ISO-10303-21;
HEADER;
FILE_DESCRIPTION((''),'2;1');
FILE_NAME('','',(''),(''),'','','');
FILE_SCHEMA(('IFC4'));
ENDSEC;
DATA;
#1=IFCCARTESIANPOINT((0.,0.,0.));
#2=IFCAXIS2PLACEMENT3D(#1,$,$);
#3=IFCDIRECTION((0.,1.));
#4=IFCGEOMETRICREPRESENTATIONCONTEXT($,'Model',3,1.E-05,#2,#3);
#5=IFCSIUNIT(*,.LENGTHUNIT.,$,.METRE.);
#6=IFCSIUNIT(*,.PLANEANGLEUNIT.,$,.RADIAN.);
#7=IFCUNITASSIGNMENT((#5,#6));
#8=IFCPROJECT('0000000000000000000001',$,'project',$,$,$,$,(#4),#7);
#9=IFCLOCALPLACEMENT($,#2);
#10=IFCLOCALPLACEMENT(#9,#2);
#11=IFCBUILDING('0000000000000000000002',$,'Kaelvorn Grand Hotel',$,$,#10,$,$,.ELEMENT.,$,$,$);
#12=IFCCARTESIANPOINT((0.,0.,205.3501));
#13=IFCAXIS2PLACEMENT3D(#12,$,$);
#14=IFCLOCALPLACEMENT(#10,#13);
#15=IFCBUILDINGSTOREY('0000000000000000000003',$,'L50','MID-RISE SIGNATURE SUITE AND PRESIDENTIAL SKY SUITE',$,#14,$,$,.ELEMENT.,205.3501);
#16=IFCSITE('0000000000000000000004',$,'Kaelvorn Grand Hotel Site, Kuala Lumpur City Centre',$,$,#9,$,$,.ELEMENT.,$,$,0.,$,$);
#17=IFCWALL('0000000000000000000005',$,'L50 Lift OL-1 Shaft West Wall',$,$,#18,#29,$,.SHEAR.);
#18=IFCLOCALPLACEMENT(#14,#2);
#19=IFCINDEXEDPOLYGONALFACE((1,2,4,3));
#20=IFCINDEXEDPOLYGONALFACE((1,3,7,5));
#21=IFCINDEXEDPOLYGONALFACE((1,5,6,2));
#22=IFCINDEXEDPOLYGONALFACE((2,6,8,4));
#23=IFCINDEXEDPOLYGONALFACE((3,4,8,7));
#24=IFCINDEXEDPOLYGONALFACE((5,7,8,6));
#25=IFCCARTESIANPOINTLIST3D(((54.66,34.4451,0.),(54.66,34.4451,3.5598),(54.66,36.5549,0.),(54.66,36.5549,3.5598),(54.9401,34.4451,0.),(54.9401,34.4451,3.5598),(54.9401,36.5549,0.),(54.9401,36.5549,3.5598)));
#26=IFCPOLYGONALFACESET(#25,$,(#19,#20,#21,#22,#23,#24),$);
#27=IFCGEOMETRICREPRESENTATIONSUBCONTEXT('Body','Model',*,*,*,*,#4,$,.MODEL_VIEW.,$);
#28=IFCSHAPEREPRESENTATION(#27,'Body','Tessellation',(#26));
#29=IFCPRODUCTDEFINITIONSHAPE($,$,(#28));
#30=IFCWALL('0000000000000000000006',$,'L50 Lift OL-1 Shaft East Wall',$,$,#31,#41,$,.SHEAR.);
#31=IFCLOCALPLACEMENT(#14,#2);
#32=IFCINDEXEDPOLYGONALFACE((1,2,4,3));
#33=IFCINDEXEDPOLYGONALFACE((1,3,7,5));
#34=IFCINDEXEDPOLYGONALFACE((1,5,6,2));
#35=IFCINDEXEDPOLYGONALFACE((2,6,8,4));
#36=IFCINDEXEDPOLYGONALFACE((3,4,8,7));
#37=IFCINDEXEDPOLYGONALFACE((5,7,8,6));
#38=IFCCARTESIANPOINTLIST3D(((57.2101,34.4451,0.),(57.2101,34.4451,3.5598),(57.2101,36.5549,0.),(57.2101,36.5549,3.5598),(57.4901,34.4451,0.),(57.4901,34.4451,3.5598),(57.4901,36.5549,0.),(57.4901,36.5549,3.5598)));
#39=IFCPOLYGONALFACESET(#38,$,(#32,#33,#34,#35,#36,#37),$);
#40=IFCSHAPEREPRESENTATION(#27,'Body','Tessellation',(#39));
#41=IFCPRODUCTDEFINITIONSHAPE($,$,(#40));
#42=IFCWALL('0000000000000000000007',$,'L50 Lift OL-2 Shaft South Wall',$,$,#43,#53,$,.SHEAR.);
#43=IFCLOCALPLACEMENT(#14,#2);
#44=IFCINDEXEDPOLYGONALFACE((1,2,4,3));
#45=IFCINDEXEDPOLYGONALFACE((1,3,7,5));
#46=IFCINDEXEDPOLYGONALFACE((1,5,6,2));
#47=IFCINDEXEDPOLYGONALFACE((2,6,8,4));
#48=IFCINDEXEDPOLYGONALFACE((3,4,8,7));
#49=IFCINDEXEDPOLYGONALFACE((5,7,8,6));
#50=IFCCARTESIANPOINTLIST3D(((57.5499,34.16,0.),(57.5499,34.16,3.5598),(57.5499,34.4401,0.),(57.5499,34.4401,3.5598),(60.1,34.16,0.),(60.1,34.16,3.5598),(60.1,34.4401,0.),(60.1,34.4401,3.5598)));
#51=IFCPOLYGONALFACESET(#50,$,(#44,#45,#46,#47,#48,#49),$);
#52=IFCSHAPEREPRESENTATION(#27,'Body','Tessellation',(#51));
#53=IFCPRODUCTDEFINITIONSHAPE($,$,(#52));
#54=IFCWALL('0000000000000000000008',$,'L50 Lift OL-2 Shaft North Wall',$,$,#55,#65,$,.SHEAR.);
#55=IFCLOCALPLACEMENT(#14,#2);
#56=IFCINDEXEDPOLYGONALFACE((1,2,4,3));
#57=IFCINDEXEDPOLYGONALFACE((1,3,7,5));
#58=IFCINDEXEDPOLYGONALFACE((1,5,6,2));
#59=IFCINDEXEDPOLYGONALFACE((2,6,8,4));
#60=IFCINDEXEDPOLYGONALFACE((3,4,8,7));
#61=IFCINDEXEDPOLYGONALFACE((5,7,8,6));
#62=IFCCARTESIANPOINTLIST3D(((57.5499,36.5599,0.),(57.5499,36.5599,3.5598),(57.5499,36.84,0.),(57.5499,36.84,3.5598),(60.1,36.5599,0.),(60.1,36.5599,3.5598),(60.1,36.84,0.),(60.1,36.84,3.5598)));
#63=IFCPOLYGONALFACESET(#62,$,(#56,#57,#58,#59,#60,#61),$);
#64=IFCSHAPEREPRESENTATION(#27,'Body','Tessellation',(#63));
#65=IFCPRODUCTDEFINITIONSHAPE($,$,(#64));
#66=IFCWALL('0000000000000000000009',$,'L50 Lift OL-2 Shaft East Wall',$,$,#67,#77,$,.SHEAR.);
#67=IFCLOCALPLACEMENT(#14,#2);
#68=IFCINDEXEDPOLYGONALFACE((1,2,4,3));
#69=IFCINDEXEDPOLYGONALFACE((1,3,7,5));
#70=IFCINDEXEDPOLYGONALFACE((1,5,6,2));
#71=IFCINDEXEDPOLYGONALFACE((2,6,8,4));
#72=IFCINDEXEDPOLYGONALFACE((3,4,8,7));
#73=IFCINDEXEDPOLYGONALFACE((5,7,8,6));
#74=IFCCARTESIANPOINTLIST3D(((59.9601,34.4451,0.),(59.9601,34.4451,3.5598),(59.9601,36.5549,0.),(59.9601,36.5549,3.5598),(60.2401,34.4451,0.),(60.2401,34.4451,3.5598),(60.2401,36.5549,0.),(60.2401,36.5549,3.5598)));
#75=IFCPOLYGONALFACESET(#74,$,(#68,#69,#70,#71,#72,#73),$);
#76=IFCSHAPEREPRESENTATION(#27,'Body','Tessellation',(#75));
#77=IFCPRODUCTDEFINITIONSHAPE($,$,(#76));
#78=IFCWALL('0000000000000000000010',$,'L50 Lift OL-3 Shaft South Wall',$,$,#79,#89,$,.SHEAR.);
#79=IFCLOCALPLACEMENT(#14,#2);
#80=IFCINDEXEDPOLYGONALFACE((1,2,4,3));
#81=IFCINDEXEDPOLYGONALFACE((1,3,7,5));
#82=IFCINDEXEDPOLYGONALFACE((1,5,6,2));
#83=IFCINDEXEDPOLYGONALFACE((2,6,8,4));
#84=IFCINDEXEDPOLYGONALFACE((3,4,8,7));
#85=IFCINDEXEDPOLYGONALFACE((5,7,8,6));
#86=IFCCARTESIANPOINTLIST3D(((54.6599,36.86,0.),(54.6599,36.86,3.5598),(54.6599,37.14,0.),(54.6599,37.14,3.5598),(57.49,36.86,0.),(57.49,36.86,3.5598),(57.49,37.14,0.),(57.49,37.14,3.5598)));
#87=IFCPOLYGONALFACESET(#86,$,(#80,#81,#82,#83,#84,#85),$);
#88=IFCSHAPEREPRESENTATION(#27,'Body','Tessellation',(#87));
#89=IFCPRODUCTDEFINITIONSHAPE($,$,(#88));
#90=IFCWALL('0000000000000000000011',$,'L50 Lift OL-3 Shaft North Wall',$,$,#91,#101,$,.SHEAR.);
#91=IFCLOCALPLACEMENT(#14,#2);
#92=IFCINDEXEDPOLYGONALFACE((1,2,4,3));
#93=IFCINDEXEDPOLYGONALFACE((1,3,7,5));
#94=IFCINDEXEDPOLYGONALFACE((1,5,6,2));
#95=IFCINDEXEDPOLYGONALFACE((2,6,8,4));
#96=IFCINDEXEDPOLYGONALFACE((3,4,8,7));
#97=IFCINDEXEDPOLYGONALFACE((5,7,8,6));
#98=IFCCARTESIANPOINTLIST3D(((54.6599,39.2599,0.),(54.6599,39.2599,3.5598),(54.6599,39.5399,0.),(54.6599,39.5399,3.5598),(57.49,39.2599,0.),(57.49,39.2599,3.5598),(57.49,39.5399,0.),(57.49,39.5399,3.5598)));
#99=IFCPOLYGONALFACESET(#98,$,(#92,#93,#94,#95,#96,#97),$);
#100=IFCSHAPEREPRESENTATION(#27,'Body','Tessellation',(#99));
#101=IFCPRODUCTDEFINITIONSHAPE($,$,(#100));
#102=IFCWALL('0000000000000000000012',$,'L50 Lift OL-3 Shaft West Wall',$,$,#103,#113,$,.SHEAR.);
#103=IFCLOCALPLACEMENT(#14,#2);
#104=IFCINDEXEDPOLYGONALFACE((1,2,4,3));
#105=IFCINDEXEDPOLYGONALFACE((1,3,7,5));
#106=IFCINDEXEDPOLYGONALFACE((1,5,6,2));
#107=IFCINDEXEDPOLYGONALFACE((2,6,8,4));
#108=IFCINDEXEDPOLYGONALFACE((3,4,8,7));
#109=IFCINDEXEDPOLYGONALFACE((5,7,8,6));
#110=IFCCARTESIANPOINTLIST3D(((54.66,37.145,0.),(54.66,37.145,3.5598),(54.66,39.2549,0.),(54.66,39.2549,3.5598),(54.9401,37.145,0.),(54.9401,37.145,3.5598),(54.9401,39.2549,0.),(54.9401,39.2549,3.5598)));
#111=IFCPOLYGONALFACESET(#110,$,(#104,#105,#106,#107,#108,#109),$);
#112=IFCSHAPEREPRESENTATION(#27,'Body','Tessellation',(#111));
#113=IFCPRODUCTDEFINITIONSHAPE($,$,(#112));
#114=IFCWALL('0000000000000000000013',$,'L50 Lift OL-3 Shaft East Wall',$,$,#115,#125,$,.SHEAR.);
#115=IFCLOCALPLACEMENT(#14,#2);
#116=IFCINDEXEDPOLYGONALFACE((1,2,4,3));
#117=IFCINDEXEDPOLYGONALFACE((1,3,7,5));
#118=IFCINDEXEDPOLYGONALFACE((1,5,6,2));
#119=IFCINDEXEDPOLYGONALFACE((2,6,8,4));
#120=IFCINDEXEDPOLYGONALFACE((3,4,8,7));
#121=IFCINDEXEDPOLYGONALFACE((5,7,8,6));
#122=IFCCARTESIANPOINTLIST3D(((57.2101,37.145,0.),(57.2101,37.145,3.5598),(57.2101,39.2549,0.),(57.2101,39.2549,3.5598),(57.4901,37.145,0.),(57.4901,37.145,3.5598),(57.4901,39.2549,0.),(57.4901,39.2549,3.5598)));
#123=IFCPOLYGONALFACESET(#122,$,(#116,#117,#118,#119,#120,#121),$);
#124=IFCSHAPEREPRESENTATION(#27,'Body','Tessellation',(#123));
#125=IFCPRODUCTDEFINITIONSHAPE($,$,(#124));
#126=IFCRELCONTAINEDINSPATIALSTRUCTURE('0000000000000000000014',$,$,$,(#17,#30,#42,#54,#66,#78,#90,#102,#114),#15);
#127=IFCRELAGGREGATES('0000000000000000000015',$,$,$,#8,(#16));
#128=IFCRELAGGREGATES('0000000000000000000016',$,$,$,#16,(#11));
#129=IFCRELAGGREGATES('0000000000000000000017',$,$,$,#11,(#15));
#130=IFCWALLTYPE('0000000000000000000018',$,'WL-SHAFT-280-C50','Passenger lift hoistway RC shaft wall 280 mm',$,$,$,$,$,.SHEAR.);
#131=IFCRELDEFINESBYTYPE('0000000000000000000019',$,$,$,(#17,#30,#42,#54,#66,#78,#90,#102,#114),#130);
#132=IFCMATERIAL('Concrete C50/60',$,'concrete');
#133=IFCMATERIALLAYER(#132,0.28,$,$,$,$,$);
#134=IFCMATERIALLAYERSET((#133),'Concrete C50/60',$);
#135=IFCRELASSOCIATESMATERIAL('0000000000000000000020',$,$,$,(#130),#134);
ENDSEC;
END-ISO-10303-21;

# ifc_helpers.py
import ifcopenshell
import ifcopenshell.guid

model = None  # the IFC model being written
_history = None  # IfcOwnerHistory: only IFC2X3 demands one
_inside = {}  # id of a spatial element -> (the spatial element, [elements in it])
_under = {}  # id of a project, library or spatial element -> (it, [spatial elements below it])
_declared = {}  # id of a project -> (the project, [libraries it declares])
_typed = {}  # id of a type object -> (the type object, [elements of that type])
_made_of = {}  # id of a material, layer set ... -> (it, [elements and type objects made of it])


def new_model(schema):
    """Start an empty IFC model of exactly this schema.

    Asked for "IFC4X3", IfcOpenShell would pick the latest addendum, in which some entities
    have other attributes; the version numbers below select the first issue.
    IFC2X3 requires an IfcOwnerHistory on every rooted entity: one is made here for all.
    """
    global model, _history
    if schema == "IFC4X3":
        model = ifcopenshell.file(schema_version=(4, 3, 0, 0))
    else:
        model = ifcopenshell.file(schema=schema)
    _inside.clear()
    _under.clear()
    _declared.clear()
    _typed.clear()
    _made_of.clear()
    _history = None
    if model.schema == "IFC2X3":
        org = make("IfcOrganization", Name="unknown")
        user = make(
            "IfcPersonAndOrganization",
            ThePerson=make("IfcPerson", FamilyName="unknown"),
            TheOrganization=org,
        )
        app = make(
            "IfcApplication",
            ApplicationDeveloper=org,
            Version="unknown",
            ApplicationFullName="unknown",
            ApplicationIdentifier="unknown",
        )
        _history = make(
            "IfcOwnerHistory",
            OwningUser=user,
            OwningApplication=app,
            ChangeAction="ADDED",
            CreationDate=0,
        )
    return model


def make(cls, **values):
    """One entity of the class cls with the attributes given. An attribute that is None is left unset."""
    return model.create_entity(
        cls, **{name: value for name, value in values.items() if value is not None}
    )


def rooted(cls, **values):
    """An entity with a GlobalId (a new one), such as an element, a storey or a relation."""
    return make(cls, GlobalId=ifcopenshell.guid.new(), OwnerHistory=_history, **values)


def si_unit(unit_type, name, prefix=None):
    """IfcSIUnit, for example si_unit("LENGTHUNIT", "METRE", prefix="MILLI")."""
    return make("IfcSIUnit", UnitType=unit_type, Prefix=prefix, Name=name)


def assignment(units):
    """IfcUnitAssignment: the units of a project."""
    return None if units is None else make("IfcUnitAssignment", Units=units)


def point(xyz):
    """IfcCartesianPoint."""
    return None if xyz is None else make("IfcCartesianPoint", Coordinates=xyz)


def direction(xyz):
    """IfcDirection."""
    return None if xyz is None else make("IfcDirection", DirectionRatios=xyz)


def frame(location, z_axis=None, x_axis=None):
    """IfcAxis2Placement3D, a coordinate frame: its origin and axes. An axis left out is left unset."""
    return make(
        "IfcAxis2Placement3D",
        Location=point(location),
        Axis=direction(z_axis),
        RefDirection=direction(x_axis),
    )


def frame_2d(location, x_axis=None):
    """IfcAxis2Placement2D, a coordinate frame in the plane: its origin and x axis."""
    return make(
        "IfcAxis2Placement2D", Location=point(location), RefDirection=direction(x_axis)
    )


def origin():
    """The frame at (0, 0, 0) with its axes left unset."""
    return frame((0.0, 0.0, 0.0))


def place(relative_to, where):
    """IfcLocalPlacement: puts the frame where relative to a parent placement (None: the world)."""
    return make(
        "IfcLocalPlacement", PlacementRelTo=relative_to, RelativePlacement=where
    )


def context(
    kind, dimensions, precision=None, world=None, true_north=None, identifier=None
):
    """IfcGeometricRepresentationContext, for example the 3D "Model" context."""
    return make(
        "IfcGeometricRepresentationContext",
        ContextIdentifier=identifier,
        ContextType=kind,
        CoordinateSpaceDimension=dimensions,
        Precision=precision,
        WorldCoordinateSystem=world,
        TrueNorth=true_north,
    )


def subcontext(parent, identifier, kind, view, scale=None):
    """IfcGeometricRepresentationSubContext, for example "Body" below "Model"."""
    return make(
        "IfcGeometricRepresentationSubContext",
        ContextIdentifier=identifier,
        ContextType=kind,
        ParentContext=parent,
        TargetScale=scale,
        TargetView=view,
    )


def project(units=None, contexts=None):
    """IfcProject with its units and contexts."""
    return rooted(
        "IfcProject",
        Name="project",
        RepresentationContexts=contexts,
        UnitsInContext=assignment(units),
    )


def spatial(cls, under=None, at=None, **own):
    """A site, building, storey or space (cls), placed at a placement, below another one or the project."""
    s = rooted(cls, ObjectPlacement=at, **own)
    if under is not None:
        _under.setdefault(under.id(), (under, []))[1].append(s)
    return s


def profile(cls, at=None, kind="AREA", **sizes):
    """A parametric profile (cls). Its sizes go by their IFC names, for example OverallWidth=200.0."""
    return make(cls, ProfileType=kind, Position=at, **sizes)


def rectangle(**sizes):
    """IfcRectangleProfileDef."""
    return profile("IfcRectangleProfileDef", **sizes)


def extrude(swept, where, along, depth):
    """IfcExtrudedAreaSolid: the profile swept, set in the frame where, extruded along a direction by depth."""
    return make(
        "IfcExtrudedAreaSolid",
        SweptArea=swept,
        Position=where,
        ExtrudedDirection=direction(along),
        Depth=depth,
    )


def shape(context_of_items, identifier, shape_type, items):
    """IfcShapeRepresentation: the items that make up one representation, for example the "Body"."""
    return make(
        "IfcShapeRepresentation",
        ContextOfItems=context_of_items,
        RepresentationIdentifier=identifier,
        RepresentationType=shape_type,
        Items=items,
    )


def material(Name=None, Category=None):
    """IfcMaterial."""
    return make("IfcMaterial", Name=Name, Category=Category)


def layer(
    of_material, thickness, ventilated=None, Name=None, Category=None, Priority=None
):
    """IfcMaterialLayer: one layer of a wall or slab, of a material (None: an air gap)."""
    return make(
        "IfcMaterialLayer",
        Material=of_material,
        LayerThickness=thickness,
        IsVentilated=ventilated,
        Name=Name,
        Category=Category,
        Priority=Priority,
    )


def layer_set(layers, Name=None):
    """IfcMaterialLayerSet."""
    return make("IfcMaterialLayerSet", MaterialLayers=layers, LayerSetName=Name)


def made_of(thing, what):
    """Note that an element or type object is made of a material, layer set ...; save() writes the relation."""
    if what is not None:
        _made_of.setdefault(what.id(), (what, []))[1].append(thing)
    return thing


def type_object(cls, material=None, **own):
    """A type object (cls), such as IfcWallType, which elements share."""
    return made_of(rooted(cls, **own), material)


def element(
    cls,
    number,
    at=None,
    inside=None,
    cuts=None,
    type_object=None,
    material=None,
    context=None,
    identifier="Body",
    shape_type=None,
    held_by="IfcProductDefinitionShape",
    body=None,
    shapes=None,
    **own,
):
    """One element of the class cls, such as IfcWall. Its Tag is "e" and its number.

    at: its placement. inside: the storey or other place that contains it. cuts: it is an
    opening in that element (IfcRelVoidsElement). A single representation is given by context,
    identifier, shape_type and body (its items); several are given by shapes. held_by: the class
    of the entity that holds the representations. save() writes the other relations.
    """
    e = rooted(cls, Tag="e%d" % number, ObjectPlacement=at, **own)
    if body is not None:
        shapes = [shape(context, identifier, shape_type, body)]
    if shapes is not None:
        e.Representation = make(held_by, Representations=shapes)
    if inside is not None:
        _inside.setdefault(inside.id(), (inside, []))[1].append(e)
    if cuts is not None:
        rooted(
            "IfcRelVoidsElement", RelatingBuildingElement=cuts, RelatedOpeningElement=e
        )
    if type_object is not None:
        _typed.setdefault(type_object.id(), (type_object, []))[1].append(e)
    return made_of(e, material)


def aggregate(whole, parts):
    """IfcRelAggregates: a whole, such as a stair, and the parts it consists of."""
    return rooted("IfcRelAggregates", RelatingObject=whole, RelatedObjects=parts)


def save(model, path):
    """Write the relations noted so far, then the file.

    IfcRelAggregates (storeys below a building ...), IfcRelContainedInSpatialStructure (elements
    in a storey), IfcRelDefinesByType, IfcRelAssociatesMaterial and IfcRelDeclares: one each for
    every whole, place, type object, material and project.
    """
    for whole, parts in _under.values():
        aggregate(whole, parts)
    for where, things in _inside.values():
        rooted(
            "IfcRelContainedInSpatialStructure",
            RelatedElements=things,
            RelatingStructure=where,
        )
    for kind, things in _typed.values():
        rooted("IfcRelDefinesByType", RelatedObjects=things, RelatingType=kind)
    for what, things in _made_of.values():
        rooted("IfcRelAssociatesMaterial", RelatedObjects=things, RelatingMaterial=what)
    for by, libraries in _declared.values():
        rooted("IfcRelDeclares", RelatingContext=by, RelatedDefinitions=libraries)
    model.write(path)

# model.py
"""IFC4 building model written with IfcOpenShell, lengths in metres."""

from ifc_helpers import new_model, si_unit, direction, frame, frame_2d, origin, place, context, subcontext, project, spatial, rectangle, extrude, material, layer, layer_set, type_object, element, save


model = new_model("IFC4")

# Units and contexts
model_context = context("Model", 3, precision=1e-05, world=origin(), true_north=direction((0.0, 1.0)))
body_context = subcontext(model_context, "Body", "Model", "MODEL_VIEW")
ifc_project = project(units=[si_unit("LENGTHUNIT", "METRE"), si_unit("PLANEANGLEUNIT", "RADIAN")], contexts=[model_context])

# Site, building, storey
site_placement = place(None, origin())
site = spatial("IfcSite", under=ifc_project, at=site_placement, Name="Kaelvorn Grand Hotel Site, Kuala Lumpur City Centre", CompositionType="ELEMENT", RefElevation=0.0)
building_placement = place(site_placement, origin())
building = spatial("IfcBuilding", under=site, at=building_placement, Name="Kaelvorn Grand Hotel", CompositionType="ELEMENT")
storey_placement = place(building_placement, frame((0.0, 0.0, 205.3501)))
storey = spatial("IfcBuildingStorey", under=building, at=storey_placement, Name="L50", Description="MID-RISE SIGNATURE SUITE AND PRESIDENTIAL SKY SUITE", CompositionType="ELEMENT", Elevation=205.3501)

# Shared definitions
ifc_material_1 = material(Name="Concrete C50/60", Category="concrete")

# Walls
ifc_layer_1 = layer(ifc_material_1, 0.28)
ifc_layer_set_1 = layer_set([ifc_layer_1], Name="Concrete C50/60")
wall_type_1 = type_object("IfcWallType", Name="WL-SHAFT-280-C50", Description="Passenger lift hoistway RC shaft wall 280 mm", PredefinedType="SHEAR", material=ifc_layer_set_1)
for number, where, z_axis, x_axis, name in (
    (1, (54.8, 34.4451, 0.0), (0.0, 0.0, 1.0), (0.0, 1.0, 0.0), "L50 Lift OL-1 Shaft West Wall"),
    (2, (57.3501, 34.4451, 0.0), (0.0, 0.0, 1.0), (0.0, 1.0, 0.0), "L50 Lift OL-1 Shaft East Wall"),
):
    element("IfcWall", number, at=place(storey_placement, frame(where, z_axis=z_axis, x_axis=x_axis)), inside=storey, type_object=wall_type_1, Name=name, PredefinedType="SHEAR", context=body_context, shape_type="SweptSolid", body=[
        extrude(rectangle(XDim=2.1099, YDim=0.28, at=frame_2d((1.0549, 0.0))), origin(), (0.0, 0.0, 1.0), 3.5598),
    ])
for number, where, z_axis, x_axis, name in (
    (3, (57.55, 34.3, 0.0), (0.0, 0.0, 1.0), (1.0, 0.0, 0.0), "L50 Lift OL-2 Shaft South Wall"),
    (4, (57.55, 36.7, 0.0), (0.0, 0.0, 1.0), (1.0, 0.0, 0.0), "L50 Lift OL-2 Shaft North Wall"),
):
    element("IfcWall", number, at=place(storey_placement, frame(where, z_axis=z_axis, x_axis=x_axis)), inside=storey, type_object=wall_type_1, Name=name, PredefinedType="SHEAR", context=body_context, shape_type="SweptSolid", body=[
        extrude(rectangle(XDim=2.55, YDim=0.28, at=frame_2d((1.2749, 0.0))), origin(), (0.0, 0.0, 1.0), 3.5598),
    ])
wall_1_placement = place(storey_placement, frame((60.1001, 34.4451, 0.0), z_axis=(0.0, 0.0, 1.0), x_axis=(0.0, 1.0, 0.0)))
element("IfcWall", 5, at=wall_1_placement, inside=storey, type_object=wall_type_1, Name="L50 Lift OL-2 Shaft East Wall", PredefinedType="SHEAR", context=body_context, shape_type="SweptSolid", body=[
    extrude(rectangle(XDim=2.1099, YDim=0.28, at=frame_2d((1.0549, 0.0))), origin(), (0.0, 0.0, 1.0), 3.5598),
])
for number, where, z_axis, x_axis, name in (
    (6, (54.6599, 37.0, 0.0), (0.0, 0.0, 1.0), (1.0, 0.0, 0.0), "L50 Lift OL-3 Shaft South Wall"),
    (7, (54.6599, 39.3999, 0.0), (0.0, 0.0, 1.0), (1.0, 0.0, 0.0), "L50 Lift OL-3 Shaft North Wall"),
):
    element("IfcWall", number, at=place(storey_placement, frame(where, z_axis=z_axis, x_axis=x_axis)), inside=storey, type_object=wall_type_1, Name=name, PredefinedType="SHEAR", context=body_context, shape_type="SweptSolid", body=[
        extrude(rectangle(XDim=2.8301, YDim=0.28, at=frame_2d((1.415, 0.0))), origin(), (0.0, 0.0, 1.0), 3.5598),
    ])
for number, where, z_axis, x_axis, name in (
    (8, (54.8, 37.145, 0.0), (0.0, 0.0, 1.0), (0.0, 1.0, 0.0), "L50 Lift OL-3 Shaft West Wall"),
    (9, (57.3501, 37.145, 0.0), (0.0, 0.0, 1.0), (0.0, 1.0, 0.0), "L50 Lift OL-3 Shaft East Wall"),
):
    element("IfcWall", number, at=place(storey_placement, frame(where, z_axis=z_axis, x_axis=x_axis)), inside=storey, type_object=wall_type_1, Name=name, PredefinedType="SHEAR", context=body_context, shape_type="SweptSolid", body=[
        extrude(rectangle(XDim=2.1099, YDim=0.28, at=frame_2d((1.0549, 0.0))), origin(), (0.0, 0.0, 1.0), 3.5598),
    ])

save(model, "model.ifc")
